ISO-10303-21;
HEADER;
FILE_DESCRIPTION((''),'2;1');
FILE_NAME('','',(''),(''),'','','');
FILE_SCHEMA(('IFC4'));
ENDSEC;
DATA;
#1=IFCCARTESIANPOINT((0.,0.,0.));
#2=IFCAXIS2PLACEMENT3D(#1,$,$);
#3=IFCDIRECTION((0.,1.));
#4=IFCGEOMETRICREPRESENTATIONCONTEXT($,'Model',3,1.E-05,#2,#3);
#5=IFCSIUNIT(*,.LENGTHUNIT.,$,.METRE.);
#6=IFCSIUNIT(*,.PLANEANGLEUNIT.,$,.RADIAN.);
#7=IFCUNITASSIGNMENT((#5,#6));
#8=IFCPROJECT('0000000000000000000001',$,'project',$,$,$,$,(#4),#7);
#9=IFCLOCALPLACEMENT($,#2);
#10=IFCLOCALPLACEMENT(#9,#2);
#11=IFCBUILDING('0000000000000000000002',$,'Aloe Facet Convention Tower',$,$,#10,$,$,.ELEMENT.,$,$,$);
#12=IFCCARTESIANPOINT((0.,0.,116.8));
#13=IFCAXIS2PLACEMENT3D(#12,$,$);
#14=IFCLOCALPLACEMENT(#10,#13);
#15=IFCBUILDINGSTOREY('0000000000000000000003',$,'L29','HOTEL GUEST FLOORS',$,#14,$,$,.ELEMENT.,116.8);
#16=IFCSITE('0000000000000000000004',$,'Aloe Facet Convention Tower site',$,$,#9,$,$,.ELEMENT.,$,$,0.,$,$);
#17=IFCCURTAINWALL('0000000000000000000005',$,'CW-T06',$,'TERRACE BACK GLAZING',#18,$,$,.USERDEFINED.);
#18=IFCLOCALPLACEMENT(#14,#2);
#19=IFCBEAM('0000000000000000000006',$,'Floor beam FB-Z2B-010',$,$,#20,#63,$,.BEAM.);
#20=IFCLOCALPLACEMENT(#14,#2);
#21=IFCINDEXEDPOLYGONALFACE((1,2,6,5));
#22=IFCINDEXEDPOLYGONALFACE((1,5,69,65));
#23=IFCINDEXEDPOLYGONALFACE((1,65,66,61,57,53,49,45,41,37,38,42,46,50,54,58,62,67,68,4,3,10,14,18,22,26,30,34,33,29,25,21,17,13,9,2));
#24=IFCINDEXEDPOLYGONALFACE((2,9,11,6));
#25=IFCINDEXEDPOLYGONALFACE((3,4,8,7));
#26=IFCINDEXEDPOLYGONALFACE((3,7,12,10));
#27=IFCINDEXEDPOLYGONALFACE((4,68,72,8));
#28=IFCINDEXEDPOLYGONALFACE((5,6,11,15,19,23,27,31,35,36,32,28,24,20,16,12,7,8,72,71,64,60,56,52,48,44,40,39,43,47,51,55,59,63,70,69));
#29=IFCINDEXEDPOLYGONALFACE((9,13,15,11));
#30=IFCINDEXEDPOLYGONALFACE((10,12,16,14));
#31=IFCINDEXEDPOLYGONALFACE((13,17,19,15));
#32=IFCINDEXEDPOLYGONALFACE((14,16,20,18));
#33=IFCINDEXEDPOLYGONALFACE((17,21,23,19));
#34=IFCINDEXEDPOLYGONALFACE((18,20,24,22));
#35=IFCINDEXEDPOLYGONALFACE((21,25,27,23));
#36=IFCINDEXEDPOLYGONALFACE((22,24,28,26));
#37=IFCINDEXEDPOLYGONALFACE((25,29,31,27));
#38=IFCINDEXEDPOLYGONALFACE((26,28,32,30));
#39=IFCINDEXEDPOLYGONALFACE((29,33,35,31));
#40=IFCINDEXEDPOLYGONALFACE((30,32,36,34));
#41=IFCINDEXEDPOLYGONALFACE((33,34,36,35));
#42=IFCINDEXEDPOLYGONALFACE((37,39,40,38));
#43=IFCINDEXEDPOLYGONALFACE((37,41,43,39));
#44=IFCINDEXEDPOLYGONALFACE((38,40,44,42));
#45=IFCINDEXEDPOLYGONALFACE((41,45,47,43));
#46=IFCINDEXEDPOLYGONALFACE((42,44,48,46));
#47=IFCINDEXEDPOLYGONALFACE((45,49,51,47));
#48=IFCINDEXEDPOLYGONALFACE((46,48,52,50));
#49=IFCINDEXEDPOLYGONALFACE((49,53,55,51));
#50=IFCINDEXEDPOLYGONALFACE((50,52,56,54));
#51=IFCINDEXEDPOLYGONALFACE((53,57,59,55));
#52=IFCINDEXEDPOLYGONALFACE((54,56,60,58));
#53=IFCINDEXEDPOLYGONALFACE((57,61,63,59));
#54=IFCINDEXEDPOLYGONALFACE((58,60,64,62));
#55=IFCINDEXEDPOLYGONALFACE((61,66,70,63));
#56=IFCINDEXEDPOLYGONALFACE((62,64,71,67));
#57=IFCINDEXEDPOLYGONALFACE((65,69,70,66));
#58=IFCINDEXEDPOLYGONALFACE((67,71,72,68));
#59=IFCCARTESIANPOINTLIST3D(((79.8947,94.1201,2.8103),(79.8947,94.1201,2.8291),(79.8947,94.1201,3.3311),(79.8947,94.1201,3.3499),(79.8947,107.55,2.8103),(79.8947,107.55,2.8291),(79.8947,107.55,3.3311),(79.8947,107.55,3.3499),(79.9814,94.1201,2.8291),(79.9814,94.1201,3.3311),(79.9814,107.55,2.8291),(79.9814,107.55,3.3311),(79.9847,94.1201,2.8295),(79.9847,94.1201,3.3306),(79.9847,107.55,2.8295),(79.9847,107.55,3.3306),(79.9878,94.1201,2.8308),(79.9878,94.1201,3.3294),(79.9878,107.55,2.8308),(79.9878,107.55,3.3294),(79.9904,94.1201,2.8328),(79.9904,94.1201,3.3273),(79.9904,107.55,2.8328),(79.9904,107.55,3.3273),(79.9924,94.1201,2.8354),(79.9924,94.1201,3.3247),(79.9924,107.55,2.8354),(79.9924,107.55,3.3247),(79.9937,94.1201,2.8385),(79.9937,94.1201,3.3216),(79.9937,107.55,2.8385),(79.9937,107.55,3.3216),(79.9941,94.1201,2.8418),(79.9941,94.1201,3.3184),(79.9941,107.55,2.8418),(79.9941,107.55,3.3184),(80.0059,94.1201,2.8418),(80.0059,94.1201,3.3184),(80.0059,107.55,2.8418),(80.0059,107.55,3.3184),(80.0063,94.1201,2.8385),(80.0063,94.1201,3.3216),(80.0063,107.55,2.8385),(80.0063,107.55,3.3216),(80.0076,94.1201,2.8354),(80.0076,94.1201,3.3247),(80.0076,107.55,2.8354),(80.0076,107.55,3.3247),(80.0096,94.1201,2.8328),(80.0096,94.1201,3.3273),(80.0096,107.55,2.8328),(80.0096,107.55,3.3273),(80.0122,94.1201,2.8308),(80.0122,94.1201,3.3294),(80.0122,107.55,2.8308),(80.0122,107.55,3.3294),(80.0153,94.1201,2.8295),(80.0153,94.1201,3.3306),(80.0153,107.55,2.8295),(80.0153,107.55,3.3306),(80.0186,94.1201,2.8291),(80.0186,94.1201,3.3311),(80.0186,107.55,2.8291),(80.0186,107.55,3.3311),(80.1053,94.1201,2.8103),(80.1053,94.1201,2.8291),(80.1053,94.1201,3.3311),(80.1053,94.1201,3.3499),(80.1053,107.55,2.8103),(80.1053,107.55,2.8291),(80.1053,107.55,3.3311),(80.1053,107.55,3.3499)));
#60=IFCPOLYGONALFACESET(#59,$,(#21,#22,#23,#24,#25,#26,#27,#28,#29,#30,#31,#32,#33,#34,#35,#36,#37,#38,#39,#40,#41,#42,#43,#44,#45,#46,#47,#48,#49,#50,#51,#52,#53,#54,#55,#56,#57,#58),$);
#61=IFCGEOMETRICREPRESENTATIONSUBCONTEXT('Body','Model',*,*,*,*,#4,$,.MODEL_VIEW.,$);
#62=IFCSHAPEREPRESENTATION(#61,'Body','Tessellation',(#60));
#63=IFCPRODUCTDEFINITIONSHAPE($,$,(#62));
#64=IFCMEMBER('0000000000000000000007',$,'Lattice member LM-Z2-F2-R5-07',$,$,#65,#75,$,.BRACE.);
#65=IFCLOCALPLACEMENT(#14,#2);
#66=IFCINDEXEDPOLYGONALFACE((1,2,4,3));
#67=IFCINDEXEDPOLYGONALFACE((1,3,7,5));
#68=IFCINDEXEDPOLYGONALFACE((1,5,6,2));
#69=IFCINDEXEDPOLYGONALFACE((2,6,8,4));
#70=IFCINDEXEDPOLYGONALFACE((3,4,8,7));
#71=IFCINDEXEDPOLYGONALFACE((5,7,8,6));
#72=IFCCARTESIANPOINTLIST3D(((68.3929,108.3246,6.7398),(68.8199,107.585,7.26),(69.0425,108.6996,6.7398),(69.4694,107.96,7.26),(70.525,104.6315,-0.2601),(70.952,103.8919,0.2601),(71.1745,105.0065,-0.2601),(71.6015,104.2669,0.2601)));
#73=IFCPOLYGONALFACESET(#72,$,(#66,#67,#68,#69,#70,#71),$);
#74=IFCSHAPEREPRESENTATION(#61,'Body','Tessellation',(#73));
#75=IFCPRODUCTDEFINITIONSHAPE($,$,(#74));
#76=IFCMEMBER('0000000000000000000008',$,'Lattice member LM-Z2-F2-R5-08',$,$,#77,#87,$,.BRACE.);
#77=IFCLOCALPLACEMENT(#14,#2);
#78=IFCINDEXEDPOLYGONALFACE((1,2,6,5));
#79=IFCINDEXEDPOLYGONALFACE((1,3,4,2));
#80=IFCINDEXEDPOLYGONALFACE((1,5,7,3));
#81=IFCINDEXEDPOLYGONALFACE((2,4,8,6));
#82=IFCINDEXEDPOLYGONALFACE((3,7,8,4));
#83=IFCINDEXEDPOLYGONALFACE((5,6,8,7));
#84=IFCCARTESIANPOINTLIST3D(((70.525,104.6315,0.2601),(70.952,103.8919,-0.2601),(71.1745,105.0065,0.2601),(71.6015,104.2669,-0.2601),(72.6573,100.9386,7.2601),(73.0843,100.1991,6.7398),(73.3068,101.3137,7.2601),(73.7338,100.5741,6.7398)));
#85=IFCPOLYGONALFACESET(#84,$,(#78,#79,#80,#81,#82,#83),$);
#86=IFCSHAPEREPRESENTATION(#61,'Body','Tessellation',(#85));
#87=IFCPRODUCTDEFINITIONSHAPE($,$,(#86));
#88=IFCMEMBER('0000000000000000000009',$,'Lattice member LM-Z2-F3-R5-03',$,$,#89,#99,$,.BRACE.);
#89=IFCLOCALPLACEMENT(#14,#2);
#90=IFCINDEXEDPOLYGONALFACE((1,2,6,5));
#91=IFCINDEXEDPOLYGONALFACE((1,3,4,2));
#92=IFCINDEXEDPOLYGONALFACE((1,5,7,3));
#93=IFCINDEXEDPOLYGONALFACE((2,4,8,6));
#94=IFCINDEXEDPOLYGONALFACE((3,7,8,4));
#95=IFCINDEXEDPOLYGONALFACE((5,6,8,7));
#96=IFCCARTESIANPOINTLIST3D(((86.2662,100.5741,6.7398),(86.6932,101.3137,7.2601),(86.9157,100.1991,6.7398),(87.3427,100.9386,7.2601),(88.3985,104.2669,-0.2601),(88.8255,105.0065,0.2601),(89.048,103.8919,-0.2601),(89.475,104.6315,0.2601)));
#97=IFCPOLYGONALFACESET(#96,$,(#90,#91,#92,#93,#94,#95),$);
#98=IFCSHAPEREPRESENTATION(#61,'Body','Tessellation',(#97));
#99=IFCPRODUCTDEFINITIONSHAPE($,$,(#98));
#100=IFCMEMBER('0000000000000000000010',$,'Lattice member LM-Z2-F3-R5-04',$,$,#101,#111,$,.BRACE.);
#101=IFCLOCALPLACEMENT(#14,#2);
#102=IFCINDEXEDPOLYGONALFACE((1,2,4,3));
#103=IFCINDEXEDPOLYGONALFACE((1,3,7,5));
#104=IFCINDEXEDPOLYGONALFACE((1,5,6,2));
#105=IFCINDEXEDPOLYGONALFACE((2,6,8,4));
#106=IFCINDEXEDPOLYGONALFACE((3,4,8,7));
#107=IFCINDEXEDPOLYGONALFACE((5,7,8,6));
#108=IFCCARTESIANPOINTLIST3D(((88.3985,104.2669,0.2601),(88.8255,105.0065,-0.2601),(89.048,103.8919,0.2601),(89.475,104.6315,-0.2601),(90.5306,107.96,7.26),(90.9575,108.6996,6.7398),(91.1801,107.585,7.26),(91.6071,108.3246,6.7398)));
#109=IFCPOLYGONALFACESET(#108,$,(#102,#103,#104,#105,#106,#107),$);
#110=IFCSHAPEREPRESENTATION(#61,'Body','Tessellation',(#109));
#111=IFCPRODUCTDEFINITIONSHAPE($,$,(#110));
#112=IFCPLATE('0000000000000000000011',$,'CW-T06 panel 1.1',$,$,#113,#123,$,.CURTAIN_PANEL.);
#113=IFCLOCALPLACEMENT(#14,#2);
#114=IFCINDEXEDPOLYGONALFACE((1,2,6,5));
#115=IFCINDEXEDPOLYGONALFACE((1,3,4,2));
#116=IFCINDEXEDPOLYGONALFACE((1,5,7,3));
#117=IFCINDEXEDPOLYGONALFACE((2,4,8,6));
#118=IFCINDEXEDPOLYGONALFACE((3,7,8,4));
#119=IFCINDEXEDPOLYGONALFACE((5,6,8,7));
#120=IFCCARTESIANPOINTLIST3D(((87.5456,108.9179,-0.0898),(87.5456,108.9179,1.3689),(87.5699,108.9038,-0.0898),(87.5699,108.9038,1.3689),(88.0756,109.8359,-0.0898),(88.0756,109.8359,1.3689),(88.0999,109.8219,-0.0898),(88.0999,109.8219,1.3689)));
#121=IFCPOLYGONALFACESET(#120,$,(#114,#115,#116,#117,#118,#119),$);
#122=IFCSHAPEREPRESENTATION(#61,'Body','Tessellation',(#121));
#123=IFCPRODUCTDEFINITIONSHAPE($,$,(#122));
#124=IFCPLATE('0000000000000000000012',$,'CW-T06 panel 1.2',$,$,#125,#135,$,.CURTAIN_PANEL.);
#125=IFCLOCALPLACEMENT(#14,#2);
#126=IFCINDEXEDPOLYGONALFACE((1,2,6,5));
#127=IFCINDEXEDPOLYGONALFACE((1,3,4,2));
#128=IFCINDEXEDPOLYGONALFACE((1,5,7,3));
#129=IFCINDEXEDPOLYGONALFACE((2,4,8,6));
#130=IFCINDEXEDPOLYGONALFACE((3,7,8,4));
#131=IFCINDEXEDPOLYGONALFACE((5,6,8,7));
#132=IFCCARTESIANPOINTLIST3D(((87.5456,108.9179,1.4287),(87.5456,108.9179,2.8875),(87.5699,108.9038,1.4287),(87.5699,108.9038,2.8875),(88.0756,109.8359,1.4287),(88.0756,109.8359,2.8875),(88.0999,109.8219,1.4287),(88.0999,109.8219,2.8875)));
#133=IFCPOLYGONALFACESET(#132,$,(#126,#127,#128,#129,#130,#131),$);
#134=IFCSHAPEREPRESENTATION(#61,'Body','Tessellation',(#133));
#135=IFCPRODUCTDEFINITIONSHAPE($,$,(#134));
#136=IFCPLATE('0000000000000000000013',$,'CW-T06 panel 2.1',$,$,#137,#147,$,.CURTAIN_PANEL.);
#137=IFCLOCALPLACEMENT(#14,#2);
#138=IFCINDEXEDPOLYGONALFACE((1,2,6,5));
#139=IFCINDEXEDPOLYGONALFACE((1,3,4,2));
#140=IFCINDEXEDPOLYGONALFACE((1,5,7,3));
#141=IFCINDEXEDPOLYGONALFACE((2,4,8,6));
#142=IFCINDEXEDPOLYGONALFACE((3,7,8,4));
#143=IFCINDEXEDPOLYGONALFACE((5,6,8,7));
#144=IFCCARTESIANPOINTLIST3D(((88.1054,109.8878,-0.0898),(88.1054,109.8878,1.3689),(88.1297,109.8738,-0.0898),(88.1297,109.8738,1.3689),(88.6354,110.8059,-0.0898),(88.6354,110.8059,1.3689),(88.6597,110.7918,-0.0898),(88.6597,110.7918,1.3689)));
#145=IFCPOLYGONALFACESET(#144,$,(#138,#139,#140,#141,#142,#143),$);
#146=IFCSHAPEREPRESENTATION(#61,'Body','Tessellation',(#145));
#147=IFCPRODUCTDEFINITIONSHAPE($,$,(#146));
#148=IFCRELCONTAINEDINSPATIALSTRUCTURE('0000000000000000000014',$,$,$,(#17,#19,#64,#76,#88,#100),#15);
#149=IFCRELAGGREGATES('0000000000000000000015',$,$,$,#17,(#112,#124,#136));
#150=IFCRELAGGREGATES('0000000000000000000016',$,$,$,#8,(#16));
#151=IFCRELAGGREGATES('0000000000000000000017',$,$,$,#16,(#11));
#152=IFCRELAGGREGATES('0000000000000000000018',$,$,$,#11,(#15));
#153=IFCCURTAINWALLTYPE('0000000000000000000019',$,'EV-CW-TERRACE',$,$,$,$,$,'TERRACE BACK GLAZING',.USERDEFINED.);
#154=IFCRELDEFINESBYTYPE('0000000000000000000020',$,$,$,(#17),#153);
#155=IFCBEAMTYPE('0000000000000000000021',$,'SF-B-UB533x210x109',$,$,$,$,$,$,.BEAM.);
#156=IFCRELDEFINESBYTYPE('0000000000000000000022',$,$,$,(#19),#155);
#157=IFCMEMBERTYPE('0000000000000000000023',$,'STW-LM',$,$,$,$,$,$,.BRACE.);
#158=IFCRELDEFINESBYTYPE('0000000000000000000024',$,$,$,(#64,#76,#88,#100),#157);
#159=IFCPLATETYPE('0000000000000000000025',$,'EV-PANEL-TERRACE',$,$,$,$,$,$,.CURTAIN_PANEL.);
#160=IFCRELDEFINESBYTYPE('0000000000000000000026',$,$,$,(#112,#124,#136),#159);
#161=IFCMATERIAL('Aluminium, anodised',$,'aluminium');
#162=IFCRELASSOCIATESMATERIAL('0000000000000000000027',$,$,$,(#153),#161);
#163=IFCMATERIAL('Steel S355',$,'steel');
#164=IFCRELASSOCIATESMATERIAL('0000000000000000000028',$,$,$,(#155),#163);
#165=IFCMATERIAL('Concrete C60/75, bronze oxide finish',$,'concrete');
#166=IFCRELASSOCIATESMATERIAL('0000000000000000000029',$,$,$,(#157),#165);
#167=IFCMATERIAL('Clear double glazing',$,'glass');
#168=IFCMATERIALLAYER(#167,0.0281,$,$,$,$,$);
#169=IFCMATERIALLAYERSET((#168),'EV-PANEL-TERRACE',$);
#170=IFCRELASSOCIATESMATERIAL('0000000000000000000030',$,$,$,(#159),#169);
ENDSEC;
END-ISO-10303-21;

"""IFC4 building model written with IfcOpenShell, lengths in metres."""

from ifc_helpers import new_model, si_unit, direction, frame, origin, origin_2d, place, context, subcontext, project, spatial, rectangle, i_section, extrude, material, layer, layer_set, material_profile, profile_set, type_object, element, aggregate, save


model = new_model("IFC4")

# Units and contexts
model_context = context("Model", 3, precision=1e-05, world=origin(), true_north=direction((0.0, 1.0)))
body_context = subcontext(model_context, "Body", "Model", "MODEL_VIEW")
ifc_project = project(units=[si_unit("LENGTHUNIT", "METRE"), si_unit("PLANEANGLEUNIT", "RADIAN")], contexts=[model_context])

# Site, building, storey
site_placement = place(None, origin())
site = spatial("IfcSite", under=ifc_project, at=site_placement, Name="Aloe Facet Convention Tower site", CompositionType="ELEMENT", RefElevation=0.0)
building_placement = place(site_placement, origin())
building = spatial("IfcBuilding", under=site, at=building_placement, Name="Aloe Facet Convention Tower", CompositionType="ELEMENT")
storey_placement = place(building_placement, frame((0.0, 0.0, 116.8)))
storey = spatial("IfcBuildingStorey", under=building, at=storey_placement, Name="L29", Description="HOTEL GUEST FLOORS", CompositionType="ELEMENT", Elevation=116.8)

# Curtain wall
ifc_material_1 = material(Name="Aluminium, anodised", Category="aluminium")
curtain_wall_type = type_object("IfcCurtainWallType", Name="EV-CW-TERRACE", ElementType="TERRACE BACK GLAZING", PredefinedType="USERDEFINED", material=ifc_material_1)
curtain_wall_placement = place(storey_placement, origin())
curtain_wall = element("IfcCurtainWall", 1, at=curtain_wall_placement, inside=storey, type_object=curtain_wall_type, Name="CW-T06", ObjectType="TERRACE BACK GLAZING", PredefinedType="USERDEFINED")

# Beam
ifc_material_2 = material(Name="Steel S355", Category="steel")
ifc_material_profile_1 = material_profile(ifc_material_2, i_section(OverallWidth=0.2107, OverallDepth=0.5396, WebThickness=0.0117, FlangeThickness=0.0188, FilletRadius=0.0127, at=origin_2d()), Name="UB 533x210x109")
ifc_profile_set_1 = profile_set([ifc_material_profile_1], Name="Steel S355")
beam_type_1 = type_object("IfcBeamType", Name="SF-B-UB533x210x109", PredefinedType="BEAM", material=ifc_profile_set_1)
beam_1_placement = place(storey_placement, frame((80.0, 107.55, 3.0801), z_axis=(0.0, -1.0, 0.0), x_axis=(1.0, 0.0, 0.0)))
element("IfcBeam", 2, at=beam_1_placement, inside=storey, type_object=beam_type_1, Name="Floor beam FB-Z2B-010", PredefinedType="BEAM", context=body_context, shape_type="SweptSolid", body=[
    extrude(i_section(OverallWidth=0.2107, OverallDepth=0.5396, WebThickness=0.0117, FlangeThickness=0.0188, FilletRadius=0.0127, at=origin_2d()), origin(), (0.0, 0.0, 1.0), 13.4299),
])

# Members
ifc_material_3 = material(Name="Concrete C60/75, bronze oxide finish", Category="concrete")
ifc_material_profile_2 = material_profile(ifc_material_3, rectangle(XDim=0.75, YDim=1.0, at=origin_2d()), Name="STW-LM")
ifc_profile_set_2 = profile_set([ifc_material_profile_2], Name="Concrete C60/75, bronze oxide finish")
member_type_1 = type_object("IfcMemberType", Name="STW-LM", PredefinedType="BRACE", material=ifc_profile_set_2)
for number, where, z_axis, x_axis, name in (
    (3, (71.0632, 104.4492, 0.0), (-0.260116, 0.450565, 0.854009), (-0.86604, -0.499975, 0.0), "Lattice member LM-Z2-F2-R5-07"),
    (4, (71.0632, 104.4492, 0.0), (0.260148, -0.450537, 0.854014), (0.866001, 0.500043, 0.0), "Lattice member LM-Z2-F2-R5-08"),
    (5, (88.9368, 104.4492, 0.0), (-0.260148, -0.450537, 0.854014), (0.866001, -0.500043, 0.0), "Lattice member LM-Z2-F3-R5-03"),
    (6, (88.9368, 104.4492, 0.0), (0.260116, 0.450565, 0.854009), (-0.86604, 0.499975, 0.0), "Lattice member LM-Z2-F3-R5-04"),
):
    element("IfcMember", number, at=place(storey_placement, frame(where, z_axis=z_axis, x_axis=x_axis)), inside=storey, type_object=member_type_1, Name=name, PredefinedType="BRACE", context=body_context, shape_type="SweptSolid", body=[
        extrude(rectangle(XDim=0.75, YDim=1.0, at=origin_2d()), origin(), (0.0, 0.0, 1.0), 8.1965),
    ])

# Plates
ifc_material_4 = material(Name="Clear double glazing", Category="glass")
ifc_layer_1 = layer(ifc_material_4, 0.0281)
ifc_layer_set_1 = layer_set([ifc_layer_1], Name="EV-PANEL-TERRACE")
plate_type = type_object("IfcPlateType", Name="EV-PANEL-TERRACE", PredefinedType="CURTAIN_PANEL", material=ifc_layer_set_1)
plate_1_placement = place(storey_placement, frame((87.8228, 109.3699, -0.0898), z_axis=(0.0, 0.0, 1.0), x_axis=(0.5, 0.866025, 0.0)))
plate_1 = element("IfcPlate", 7, at=plate_1_placement, type_object=plate_type, Name="CW-T06 panel 1.1", PredefinedType="CURTAIN_PANEL", context=body_context, shape_type="SweptSolid", body=[
    extrude(rectangle(XDim=1.0601, YDim=0.0281, at=origin_2d()), origin(), (0.0, 0.0, 1.0), 1.4587),
])
plate_2_placement = place(storey_placement, frame((87.8228, 109.3699, 1.4287), z_axis=(0.0, 0.0, 1.0), x_axis=(0.5, 0.866025, 0.0)))
plate_2 = element("IfcPlate", 8, at=plate_2_placement, type_object=plate_type, Name="CW-T06 panel 1.2", PredefinedType="CURTAIN_PANEL", context=body_context, shape_type="SweptSolid", body=[
    extrude(rectangle(XDim=1.0601, YDim=0.0281, at=origin_2d()), origin(), (0.0, 0.0, 1.0), 1.4587),
])
plate_3_placement = place(storey_placement, frame((88.3826, 110.3398, -0.0898), z_axis=(0.0, 0.0, 1.0), x_axis=(0.5, 0.866025, 0.0)))
plate_3 = element("IfcPlate", 9, at=plate_3_placement, type_object=plate_type, Name="CW-T06 panel 2.1", PredefinedType="CURTAIN_PANEL", context=body_context, shape_type="SweptSolid", body=[
    extrude(rectangle(XDim=1.0601, YDim=0.0281, at=origin_2d()), origin(), (0.0, 0.0, 1.0), 1.4587),
])
aggregate(curtain_wall, [plate_1, plate_2, plate_3])

save(model, "model.ifc")
